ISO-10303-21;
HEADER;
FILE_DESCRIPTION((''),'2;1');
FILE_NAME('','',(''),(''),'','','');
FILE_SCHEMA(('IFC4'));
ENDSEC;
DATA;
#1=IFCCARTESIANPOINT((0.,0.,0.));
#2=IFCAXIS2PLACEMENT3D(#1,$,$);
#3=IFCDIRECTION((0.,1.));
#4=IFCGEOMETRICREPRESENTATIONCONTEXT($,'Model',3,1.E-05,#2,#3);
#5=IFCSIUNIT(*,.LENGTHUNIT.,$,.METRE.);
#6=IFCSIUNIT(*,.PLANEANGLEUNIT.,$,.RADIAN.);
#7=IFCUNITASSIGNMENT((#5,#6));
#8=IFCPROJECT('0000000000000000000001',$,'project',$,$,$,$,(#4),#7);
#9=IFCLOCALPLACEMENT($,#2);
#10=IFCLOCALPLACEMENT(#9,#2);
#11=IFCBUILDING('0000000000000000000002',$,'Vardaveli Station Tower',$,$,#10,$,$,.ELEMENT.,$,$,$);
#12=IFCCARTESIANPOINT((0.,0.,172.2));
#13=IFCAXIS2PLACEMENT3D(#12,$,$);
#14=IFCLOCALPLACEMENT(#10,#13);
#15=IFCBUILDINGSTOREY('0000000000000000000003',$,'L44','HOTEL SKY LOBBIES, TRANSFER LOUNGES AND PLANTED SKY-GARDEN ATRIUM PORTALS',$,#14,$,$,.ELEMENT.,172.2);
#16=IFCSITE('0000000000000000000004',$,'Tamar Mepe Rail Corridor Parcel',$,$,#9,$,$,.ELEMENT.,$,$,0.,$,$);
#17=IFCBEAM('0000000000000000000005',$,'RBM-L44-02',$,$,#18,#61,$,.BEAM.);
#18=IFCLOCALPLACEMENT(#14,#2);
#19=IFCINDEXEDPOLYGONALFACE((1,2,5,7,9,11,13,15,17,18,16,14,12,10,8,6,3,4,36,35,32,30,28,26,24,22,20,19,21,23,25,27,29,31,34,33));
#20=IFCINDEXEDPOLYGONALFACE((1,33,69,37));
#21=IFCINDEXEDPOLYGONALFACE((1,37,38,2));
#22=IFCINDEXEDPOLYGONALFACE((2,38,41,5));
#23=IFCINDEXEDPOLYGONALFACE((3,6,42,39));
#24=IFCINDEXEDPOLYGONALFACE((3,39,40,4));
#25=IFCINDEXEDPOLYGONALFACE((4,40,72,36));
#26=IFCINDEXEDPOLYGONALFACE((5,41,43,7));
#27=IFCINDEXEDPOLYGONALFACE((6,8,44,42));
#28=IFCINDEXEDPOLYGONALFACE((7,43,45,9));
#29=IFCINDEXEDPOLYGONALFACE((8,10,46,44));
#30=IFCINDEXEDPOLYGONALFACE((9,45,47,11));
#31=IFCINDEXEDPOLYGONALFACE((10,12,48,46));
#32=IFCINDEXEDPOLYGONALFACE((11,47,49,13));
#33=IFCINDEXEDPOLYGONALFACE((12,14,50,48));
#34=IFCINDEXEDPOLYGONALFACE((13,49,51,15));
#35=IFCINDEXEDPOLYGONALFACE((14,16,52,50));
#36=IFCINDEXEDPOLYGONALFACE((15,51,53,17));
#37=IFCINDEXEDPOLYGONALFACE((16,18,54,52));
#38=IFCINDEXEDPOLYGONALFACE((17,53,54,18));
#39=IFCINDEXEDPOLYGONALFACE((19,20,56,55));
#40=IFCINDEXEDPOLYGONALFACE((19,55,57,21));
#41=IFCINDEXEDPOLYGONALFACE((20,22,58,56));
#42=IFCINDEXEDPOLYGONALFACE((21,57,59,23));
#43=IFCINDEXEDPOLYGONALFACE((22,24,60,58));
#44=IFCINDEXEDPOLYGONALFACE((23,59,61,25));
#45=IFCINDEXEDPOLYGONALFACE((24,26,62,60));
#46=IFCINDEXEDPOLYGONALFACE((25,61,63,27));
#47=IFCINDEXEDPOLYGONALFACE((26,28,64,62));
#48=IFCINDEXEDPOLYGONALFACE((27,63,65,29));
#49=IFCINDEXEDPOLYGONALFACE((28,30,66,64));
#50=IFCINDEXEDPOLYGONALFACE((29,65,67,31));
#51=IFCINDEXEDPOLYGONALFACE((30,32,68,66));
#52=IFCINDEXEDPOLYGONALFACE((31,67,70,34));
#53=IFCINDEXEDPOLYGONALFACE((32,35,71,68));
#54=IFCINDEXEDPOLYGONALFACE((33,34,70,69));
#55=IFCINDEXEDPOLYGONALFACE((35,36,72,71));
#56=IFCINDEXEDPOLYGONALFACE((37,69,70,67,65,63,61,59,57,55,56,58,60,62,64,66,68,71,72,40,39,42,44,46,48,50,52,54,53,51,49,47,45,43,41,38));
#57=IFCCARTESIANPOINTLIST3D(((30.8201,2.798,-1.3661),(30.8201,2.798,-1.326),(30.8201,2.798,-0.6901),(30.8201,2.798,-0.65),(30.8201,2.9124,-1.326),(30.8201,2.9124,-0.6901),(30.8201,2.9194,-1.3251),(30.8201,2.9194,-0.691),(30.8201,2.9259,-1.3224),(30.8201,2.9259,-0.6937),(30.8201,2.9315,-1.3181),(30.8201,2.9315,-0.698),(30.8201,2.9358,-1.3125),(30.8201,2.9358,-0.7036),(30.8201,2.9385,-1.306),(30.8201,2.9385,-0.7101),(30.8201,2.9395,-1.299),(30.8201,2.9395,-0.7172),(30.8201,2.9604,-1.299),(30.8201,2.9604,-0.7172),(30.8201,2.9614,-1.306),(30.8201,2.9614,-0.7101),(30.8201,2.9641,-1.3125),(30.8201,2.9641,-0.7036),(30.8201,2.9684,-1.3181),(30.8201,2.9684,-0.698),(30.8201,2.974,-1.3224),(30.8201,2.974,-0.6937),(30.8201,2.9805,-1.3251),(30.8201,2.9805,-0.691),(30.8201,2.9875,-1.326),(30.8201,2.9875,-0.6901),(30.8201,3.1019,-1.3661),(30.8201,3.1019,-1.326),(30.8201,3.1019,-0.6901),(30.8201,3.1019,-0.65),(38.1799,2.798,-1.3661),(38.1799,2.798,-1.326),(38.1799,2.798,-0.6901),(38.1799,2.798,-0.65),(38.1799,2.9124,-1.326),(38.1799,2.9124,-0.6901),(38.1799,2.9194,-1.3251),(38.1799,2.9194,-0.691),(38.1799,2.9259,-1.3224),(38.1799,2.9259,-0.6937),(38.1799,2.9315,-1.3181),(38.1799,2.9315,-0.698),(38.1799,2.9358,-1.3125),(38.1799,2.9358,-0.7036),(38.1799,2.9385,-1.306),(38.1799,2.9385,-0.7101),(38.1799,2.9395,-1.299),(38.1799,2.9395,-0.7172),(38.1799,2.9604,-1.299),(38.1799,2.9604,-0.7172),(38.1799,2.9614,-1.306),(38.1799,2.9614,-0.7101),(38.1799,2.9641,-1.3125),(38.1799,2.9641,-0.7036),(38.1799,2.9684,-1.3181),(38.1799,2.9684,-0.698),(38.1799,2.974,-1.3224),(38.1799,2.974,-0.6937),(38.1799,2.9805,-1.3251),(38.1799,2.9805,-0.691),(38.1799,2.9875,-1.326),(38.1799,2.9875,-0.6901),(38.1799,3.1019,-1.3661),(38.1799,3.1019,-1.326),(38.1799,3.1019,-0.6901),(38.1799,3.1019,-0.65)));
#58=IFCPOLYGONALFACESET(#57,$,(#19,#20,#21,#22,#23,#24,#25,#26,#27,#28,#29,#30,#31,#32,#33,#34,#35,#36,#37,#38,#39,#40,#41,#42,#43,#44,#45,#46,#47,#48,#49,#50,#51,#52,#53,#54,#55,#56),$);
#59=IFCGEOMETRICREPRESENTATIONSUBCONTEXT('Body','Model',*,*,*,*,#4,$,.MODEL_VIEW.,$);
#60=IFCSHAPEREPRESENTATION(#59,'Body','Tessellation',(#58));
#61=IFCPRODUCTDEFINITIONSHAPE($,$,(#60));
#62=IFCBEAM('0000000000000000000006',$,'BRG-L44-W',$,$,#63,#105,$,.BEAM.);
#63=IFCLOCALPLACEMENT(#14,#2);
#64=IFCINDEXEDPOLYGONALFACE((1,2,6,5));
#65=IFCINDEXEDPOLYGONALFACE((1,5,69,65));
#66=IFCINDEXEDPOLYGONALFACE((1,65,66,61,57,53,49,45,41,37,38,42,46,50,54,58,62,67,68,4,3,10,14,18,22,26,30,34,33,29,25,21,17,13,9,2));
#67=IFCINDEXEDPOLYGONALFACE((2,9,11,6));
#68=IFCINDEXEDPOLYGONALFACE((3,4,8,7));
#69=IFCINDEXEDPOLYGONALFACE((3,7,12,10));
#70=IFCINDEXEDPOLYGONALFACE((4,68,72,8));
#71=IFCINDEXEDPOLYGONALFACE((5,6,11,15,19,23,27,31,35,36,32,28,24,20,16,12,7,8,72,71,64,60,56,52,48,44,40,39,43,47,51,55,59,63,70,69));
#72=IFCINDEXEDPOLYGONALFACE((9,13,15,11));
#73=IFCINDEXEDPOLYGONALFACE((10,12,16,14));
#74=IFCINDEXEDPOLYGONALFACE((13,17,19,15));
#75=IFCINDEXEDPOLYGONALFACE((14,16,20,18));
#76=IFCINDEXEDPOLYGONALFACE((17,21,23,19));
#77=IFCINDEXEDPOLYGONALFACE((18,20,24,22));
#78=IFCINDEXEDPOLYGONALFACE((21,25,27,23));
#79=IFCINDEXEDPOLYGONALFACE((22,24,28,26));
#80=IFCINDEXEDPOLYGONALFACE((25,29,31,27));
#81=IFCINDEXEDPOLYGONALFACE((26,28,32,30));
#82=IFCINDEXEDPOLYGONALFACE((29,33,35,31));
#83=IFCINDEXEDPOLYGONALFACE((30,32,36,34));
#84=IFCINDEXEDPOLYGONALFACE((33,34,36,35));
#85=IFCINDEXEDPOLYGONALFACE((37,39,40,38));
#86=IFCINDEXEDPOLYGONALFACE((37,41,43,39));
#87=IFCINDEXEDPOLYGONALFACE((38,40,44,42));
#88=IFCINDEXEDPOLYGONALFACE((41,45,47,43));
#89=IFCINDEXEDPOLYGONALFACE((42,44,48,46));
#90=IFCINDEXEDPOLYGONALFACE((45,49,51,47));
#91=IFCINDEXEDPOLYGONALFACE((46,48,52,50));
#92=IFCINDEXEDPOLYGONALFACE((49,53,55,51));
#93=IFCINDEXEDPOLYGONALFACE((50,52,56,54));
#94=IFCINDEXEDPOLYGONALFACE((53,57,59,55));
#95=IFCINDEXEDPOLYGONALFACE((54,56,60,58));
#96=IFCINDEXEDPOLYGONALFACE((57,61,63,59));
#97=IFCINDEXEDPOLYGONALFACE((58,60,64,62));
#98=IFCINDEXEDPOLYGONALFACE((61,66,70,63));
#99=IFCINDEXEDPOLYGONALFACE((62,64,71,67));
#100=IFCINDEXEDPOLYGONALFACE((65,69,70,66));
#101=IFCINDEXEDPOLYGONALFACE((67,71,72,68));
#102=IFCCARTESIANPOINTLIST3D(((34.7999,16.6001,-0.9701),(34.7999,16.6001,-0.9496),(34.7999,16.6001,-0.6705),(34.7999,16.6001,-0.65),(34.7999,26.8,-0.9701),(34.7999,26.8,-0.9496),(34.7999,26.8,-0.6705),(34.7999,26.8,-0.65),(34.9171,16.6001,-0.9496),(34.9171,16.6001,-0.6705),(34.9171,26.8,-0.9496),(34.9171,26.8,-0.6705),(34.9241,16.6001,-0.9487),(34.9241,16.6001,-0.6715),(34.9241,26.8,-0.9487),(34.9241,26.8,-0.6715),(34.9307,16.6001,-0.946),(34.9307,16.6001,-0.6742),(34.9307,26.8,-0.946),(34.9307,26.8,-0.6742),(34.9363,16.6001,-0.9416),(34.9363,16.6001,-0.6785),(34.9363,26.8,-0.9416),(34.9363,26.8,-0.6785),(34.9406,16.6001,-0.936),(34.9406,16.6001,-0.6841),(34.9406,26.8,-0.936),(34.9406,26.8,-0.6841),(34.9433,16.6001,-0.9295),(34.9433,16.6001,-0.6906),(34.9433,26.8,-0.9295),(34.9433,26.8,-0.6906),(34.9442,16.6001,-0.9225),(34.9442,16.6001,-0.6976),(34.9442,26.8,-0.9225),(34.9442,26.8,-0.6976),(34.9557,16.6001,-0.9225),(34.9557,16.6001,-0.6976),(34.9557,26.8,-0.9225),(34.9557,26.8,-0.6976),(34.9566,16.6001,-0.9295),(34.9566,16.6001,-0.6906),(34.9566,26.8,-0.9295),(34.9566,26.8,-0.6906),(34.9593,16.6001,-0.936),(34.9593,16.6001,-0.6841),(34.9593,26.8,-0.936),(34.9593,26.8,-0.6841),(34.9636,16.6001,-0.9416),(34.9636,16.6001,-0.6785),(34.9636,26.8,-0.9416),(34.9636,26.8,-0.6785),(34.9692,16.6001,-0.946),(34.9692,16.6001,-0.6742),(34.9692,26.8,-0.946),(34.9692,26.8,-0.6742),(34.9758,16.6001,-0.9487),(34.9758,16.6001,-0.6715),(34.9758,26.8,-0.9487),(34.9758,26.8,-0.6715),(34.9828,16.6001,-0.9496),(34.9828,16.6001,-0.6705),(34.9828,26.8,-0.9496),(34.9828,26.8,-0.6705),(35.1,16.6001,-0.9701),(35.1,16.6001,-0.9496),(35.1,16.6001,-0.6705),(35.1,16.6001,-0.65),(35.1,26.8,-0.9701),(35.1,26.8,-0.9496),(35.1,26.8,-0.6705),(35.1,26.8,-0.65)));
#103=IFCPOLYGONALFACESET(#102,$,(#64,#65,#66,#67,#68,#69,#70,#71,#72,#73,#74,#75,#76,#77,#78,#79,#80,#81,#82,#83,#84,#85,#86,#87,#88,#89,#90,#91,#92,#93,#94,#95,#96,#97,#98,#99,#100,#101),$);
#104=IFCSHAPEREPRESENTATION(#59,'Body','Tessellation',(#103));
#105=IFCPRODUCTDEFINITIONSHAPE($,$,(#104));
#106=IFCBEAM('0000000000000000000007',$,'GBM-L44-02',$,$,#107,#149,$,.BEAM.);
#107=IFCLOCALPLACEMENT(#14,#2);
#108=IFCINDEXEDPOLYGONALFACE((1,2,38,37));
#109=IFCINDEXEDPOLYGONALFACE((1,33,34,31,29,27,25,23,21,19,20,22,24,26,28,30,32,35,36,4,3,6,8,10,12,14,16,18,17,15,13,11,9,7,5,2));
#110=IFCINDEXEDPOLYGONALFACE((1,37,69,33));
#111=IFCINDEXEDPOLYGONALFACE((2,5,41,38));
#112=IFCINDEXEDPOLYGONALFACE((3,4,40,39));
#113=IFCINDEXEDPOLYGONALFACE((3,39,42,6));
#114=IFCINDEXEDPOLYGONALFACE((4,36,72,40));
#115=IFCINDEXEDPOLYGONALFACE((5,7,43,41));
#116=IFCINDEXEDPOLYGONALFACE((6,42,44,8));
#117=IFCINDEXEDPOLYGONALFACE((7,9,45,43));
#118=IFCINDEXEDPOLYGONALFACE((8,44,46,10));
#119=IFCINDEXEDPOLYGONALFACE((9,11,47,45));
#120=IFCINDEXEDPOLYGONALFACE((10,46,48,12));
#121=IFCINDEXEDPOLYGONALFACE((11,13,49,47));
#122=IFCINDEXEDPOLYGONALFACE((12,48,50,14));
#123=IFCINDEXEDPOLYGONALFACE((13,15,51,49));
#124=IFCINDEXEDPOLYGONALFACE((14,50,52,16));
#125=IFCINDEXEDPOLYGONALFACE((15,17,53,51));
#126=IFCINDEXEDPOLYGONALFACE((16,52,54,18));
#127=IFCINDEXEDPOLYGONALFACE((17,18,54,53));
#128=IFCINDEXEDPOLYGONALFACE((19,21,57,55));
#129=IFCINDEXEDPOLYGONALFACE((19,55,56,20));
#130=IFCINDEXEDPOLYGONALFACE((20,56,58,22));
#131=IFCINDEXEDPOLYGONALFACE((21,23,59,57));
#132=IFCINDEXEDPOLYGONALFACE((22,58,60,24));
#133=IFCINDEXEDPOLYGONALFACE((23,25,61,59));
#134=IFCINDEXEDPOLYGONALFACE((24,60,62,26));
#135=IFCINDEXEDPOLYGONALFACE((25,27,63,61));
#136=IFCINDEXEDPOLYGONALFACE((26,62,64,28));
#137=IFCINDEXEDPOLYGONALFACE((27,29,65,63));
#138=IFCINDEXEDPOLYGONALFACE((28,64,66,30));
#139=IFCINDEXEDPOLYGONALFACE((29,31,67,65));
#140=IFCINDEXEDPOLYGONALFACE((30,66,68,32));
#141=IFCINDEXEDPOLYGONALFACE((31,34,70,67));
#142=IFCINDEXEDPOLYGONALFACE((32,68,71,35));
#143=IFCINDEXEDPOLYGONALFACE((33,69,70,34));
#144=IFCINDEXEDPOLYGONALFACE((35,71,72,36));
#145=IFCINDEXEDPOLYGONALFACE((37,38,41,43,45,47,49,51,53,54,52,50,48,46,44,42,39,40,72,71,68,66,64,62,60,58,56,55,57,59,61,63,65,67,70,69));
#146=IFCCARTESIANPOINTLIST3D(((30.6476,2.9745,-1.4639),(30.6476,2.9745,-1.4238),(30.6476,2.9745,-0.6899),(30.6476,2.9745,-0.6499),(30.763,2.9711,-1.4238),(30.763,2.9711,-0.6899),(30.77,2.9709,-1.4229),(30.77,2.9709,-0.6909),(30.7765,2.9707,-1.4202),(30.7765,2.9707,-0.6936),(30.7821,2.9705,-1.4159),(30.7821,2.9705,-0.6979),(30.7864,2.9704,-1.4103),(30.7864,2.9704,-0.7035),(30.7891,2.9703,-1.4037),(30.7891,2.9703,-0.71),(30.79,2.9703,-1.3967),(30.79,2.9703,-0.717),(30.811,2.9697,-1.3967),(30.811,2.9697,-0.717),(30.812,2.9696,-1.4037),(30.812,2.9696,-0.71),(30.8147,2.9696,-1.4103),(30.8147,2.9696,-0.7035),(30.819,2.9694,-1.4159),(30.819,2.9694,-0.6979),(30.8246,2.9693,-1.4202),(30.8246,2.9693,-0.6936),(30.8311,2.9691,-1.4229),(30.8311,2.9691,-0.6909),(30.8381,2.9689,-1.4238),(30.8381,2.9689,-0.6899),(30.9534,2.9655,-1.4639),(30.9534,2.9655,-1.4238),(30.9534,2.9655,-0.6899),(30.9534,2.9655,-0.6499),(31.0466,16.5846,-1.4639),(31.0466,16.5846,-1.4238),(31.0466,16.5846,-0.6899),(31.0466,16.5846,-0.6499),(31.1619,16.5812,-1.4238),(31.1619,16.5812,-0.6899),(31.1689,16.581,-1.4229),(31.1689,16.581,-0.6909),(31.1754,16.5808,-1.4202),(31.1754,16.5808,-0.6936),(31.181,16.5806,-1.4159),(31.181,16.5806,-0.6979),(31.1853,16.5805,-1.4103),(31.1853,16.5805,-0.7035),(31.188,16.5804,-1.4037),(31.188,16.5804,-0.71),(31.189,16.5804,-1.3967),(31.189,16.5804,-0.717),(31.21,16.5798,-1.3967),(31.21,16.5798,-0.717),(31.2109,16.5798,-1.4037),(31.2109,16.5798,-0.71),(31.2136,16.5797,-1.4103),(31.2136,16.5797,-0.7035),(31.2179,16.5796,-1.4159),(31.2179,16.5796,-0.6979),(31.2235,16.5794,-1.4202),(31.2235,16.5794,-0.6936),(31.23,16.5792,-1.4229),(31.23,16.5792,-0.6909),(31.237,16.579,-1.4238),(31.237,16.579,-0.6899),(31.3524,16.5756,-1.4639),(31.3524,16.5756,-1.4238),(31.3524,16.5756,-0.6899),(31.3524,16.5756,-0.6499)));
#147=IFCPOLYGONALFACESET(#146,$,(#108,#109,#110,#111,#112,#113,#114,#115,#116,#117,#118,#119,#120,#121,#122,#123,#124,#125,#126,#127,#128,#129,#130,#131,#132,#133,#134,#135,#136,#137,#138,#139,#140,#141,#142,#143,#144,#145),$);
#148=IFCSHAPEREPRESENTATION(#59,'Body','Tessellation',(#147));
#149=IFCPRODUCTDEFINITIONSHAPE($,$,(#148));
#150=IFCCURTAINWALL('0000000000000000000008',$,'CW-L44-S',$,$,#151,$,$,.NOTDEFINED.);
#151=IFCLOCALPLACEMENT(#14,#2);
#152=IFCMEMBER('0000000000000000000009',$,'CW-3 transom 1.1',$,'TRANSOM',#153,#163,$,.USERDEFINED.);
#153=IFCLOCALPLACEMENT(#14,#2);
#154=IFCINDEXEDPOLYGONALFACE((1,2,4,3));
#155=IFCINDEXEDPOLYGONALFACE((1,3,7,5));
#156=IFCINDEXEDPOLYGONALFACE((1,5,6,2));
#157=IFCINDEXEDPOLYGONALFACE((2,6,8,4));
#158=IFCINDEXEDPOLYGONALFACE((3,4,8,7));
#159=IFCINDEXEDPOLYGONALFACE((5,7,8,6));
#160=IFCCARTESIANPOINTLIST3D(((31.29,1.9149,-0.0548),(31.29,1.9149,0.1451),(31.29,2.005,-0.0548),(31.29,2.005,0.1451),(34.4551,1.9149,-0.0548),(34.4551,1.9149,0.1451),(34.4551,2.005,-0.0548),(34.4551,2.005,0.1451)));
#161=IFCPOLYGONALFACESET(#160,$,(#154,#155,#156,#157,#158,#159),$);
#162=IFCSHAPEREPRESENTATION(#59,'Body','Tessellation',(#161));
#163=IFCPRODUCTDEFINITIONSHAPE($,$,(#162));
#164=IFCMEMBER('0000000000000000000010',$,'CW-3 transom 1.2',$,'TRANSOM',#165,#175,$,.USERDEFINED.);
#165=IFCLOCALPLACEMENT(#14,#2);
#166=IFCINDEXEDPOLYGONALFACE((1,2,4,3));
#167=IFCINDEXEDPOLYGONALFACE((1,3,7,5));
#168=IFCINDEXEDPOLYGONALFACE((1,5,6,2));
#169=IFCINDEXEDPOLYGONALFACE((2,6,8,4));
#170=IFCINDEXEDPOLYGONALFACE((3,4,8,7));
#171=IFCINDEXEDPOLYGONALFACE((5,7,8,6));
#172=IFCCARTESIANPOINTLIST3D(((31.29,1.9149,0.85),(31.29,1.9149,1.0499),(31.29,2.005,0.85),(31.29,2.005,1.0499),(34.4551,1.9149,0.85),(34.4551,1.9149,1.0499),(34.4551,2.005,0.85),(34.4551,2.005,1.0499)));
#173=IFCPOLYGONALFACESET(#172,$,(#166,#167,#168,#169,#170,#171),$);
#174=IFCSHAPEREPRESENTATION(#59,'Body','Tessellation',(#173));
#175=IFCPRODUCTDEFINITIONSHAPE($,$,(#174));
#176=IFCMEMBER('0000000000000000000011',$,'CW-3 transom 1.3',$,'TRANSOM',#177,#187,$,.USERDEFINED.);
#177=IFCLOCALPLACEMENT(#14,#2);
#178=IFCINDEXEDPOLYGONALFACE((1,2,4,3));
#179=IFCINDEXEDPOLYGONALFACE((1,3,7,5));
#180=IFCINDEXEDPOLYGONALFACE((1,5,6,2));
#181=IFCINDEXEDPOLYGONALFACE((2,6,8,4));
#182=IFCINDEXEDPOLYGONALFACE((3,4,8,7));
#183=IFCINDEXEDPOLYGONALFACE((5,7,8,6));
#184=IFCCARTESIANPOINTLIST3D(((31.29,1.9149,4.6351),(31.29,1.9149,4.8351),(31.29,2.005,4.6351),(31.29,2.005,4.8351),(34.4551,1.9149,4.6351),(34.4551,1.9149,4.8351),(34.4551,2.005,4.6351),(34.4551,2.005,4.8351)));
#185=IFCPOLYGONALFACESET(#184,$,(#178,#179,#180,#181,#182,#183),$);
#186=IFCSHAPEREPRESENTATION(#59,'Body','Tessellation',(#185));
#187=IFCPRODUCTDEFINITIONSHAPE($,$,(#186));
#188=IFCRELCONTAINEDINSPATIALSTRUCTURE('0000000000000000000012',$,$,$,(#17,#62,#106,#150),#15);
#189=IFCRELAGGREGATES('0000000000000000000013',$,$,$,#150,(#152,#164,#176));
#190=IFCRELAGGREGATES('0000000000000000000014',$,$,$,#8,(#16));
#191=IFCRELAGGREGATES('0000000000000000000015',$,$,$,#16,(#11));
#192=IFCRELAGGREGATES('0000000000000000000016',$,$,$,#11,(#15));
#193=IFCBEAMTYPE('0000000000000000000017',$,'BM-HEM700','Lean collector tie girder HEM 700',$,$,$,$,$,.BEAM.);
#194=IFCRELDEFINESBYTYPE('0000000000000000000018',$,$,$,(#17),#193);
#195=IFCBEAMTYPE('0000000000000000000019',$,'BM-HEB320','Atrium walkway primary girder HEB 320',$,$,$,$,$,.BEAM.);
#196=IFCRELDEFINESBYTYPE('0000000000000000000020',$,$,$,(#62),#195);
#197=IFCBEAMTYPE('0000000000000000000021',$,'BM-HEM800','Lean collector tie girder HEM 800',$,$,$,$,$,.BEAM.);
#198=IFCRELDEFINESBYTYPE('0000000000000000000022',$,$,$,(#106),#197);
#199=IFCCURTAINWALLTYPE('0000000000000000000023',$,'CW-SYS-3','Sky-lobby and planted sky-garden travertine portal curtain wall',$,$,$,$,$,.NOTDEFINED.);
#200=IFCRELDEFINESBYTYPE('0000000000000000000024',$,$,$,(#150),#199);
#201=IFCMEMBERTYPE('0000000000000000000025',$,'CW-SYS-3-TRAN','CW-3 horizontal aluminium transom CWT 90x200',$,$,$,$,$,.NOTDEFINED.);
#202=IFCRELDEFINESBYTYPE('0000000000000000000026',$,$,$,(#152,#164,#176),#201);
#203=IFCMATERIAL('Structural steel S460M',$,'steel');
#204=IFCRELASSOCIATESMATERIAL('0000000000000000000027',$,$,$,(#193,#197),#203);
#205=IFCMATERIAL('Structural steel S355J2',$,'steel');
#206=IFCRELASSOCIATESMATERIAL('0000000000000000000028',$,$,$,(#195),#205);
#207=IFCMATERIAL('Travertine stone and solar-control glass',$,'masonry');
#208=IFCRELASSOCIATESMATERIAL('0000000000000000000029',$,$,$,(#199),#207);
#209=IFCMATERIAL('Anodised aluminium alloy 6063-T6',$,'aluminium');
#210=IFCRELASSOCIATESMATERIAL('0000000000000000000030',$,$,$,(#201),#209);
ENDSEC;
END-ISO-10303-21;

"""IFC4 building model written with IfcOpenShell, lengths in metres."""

from ifc_helpers import new_model, si_unit, direction, frame, origin, origin_2d, place, context, subcontext, project, spatial, rectangle, i_section, extrude, source, transform, mapped, material, material_profile, profile_set, type_object, element, aggregate, save


model = new_model("IFC4")

# Units and contexts
model_context = context("Model", 3, precision=1e-05, world=origin(), true_north=direction((0.0, 1.0)))
body_context = subcontext(model_context, "Body", "Model", "MODEL_VIEW")
ifc_project = project(units=[si_unit("LENGTHUNIT", "METRE"), si_unit("PLANEANGLEUNIT", "RADIAN")], contexts=[model_context])

# Site, building, storey
site_placement = place(None, origin())
site = spatial("IfcSite", under=ifc_project, at=site_placement, Name="Tamar Mepe Rail Corridor Parcel", CompositionType="ELEMENT", RefElevation=0.0)
building_placement = place(site_placement, origin())
building = spatial("IfcBuilding", under=site, at=building_placement, Name="Vardaveli Station Tower", CompositionType="ELEMENT")
storey_placement = place(building_placement, frame((0.0, 0.0, 172.2)))
storey = spatial("IfcBuildingStorey", under=building, at=storey_placement, Name="L44", Description="HOTEL SKY LOBBIES, TRANSFER LOUNGES AND PLANTED SKY-GARDEN ATRIUM PORTALS", CompositionType="ELEMENT", Elevation=172.2)

# Shared definitions
ifc_material_1 = material(Name="Structural steel S460M", Category="steel")

# Beams
ifc_material_2 = material(Name="Structural steel S355J2", Category="steel")
ifc_material_profile_1 = material_profile(ifc_material_1, i_section(OverallWidth=0.304, OverallDepth=0.7161, WebThickness=0.021, FlangeThickness=0.04, FilletRadius=0.0271, at=origin_2d()), Name="HEM 700")
ifc_profile_set_1 = profile_set([ifc_material_profile_1], Name="Structural steel S460M")
beam_type_1 = type_object("IfcBeamType", Name="BM-HEM700", Description="Lean collector tie girder HEM 700", PredefinedType="BEAM", material=ifc_profile_set_1)
shared_shape_1 = source(origin(), body_context, "Body", "SweptSolid", [
    extrude(i_section(OverallWidth=0.304, OverallDepth=0.7161, WebThickness=0.021, FlangeThickness=0.04, FilletRadius=0.0271, at=origin_2d()), origin(), (0.0, 0.0, 1.0), 7.3599),
])
beam_1_placement = place(storey_placement, frame((30.8201, 2.95, -1.0081), z_axis=(1.0, 0.0, 0.0), x_axis=(0.0, 1.0, 0.0)))
element("IfcBeam", 1, at=beam_1_placement, inside=storey, type_object=beam_type_1, Name="RBM-L44-02", PredefinedType="BEAM", context=body_context, shape_type="MappedRepresentation", body=[
    mapped(shared_shape_1, transform((0.0, 0.0, 0.0), scale=1.0)),
])
ifc_material_profile_2 = material_profile(ifc_material_2, i_section(OverallWidth=0.3, OverallDepth=0.3201, WebThickness=0.0115, FlangeThickness=0.0205, FilletRadius=0.0271, at=origin_2d()), Name="HEB 320")
ifc_profile_set_2 = profile_set([ifc_material_profile_2], Name="Structural steel S355J2")
beam_type_2 = type_object("IfcBeamType", Name="BM-HEB320", Description="Atrium walkway primary girder HEB 320", PredefinedType="BEAM", material=ifc_profile_set_2)
shared_shape_2 = source(origin(), body_context, "Body", "SweptSolid", [
    extrude(i_section(OverallWidth=0.3, OverallDepth=0.3201, WebThickness=0.0115, FlangeThickness=0.0205, FilletRadius=0.0271, at=origin_2d()), origin(), (0.0, 0.0, 1.0), 10.2),
])
beam_2_placement = place(storey_placement, frame((34.95, 16.6001, -0.8101), z_axis=(0.0, 1.0, 0.0), x_axis=(-1.0, 0.0, 0.0)))
element("IfcBeam", 2, at=beam_2_placement, inside=storey, type_object=beam_type_2, Name="BRG-L44-W", PredefinedType="BEAM", context=body_context, shape_type="MappedRepresentation", body=[
    mapped(shared_shape_2, transform((0.0, 0.0, 0.0), scale=1.0)),
])
ifc_material_profile_3 = material_profile(ifc_material_1, i_section(OverallWidth=0.3059, OverallDepth=0.814, WebThickness=0.021, FlangeThickness=0.04, FilletRadius=0.0271, at=origin_2d()), Name="HEM 800")
ifc_profile_set_3 = profile_set([ifc_material_profile_3], Name="Structural steel S460M")
beam_type_3 = type_object("IfcBeamType", Name="BM-HEM800", Description="Lean collector tie girder HEM 800", PredefinedType="BEAM", material=ifc_profile_set_3)
shared_shape_3 = source(origin(), body_context, "Body", "SweptSolid", [
    extrude(i_section(OverallWidth=0.3059, OverallDepth=0.814, WebThickness=0.021, FlangeThickness=0.04, FilletRadius=0.0271, at=origin_2d()), origin(), (0.0, 0.0, 1.0), 13.616),
])
beam_3_placement = place(storey_placement, frame((30.8005, 2.97, -1.0569), z_axis=(0.029298, 0.999571, 0.0), x_axis=(-0.999571, 0.029298, 0.0)))
element("IfcBeam", 3, at=beam_3_placement, inside=storey, type_object=beam_type_3, Name="GBM-L44-02", PredefinedType="BEAM", context=body_context, shape_type="MappedRepresentation", body=[
    mapped(shared_shape_3, transform((0.0, 0.0, 0.0), scale=1.0)),
])

# Curtain wall, members
ifc_material_3 = material(Name="Travertine stone and solar-control glass", Category="masonry")
curtain_wall_type_1 = type_object("IfcCurtainWallType", Name="CW-SYS-3", Description="Sky-lobby and planted sky-garden travertine portal curtain wall", PredefinedType="NOTDEFINED", material=ifc_material_3)
curtain_wall_1_placement = place(storey_placement, origin())
curtain_wall_1 = element("IfcCurtainWall", 4, at=curtain_wall_1_placement, inside=storey, type_object=curtain_wall_type_1, Name="CW-L44-S", PredefinedType="NOTDEFINED")
ifc_material_4 = material(Name="Anodised aluminium alloy 6063-T6", Category="aluminium")
ifc_material_profile_4 = material_profile(ifc_material_4, rectangle(XDim=0.0901, YDim=0.2, at=origin_2d()), Name="CWT 90x200")
ifc_profile_set_4 = profile_set([ifc_material_profile_4], Name="Anodised aluminium alloy 6063-T6")
member_type_1 = type_object("IfcMemberType", Name="CW-SYS-3-TRAN", Description="CW-3 horizontal aluminium transom CWT 90x200", PredefinedType="NOTDEFINED", material=ifc_profile_set_4)
shared_shape_4 = source(origin(), body_context, "Body", "SweptSolid", [
    extrude(rectangle(XDim=0.0901, YDim=0.2, at=origin_2d()), origin(), (0.0, 0.0, 1.0), 3.165),
])
member_1_placement = place(storey_placement, frame((31.29, 1.96, 0.0452), z_axis=(1.0, 0.0, 0.0), x_axis=(0.0, 1.0, 0.0)))
member_1 = element("IfcMember", 5, at=member_1_placement, type_object=member_type_1, Name="CW-3 transom 1.1", ObjectType="TRANSOM", PredefinedType="USERDEFINED", context=body_context, shape_type="MappedRepresentation", body=[
    mapped(shared_shape_4, transform((0.0, 0.0, 0.0), scale=1.0)),
])
member_2_placement = place(storey_placement, frame((31.29, 1.96, 0.95), z_axis=(1.0, 0.0, 0.0), x_axis=(0.0, 1.0, 0.0)))
member_2 = element("IfcMember", 6, at=member_2_placement, type_object=member_type_1, Name="CW-3 transom 1.2", ObjectType="TRANSOM", PredefinedType="USERDEFINED", context=body_context, shape_type="MappedRepresentation", body=[
    mapped(shared_shape_4, transform((0.0, 0.0, 0.0), scale=1.0)),
])
member_3_placement = place(storey_placement, frame((31.29, 1.96, 4.7351), z_axis=(1.0, 0.0, 0.0), x_axis=(0.0, 1.0, 0.0)))
member_3 = element("IfcMember", 7, at=member_3_placement, type_object=member_type_1, Name="CW-3 transom 1.3", ObjectType="TRANSOM", PredefinedType="USERDEFINED", context=body_context, shape_type="MappedRepresentation", body=[
    mapped(shared_shape_4, transform((0.0, 0.0, 0.0), scale=1.0)),
])

aggregate(curtain_wall_1, [member_1, member_2, member_3])

save(model, "model.ifc")
